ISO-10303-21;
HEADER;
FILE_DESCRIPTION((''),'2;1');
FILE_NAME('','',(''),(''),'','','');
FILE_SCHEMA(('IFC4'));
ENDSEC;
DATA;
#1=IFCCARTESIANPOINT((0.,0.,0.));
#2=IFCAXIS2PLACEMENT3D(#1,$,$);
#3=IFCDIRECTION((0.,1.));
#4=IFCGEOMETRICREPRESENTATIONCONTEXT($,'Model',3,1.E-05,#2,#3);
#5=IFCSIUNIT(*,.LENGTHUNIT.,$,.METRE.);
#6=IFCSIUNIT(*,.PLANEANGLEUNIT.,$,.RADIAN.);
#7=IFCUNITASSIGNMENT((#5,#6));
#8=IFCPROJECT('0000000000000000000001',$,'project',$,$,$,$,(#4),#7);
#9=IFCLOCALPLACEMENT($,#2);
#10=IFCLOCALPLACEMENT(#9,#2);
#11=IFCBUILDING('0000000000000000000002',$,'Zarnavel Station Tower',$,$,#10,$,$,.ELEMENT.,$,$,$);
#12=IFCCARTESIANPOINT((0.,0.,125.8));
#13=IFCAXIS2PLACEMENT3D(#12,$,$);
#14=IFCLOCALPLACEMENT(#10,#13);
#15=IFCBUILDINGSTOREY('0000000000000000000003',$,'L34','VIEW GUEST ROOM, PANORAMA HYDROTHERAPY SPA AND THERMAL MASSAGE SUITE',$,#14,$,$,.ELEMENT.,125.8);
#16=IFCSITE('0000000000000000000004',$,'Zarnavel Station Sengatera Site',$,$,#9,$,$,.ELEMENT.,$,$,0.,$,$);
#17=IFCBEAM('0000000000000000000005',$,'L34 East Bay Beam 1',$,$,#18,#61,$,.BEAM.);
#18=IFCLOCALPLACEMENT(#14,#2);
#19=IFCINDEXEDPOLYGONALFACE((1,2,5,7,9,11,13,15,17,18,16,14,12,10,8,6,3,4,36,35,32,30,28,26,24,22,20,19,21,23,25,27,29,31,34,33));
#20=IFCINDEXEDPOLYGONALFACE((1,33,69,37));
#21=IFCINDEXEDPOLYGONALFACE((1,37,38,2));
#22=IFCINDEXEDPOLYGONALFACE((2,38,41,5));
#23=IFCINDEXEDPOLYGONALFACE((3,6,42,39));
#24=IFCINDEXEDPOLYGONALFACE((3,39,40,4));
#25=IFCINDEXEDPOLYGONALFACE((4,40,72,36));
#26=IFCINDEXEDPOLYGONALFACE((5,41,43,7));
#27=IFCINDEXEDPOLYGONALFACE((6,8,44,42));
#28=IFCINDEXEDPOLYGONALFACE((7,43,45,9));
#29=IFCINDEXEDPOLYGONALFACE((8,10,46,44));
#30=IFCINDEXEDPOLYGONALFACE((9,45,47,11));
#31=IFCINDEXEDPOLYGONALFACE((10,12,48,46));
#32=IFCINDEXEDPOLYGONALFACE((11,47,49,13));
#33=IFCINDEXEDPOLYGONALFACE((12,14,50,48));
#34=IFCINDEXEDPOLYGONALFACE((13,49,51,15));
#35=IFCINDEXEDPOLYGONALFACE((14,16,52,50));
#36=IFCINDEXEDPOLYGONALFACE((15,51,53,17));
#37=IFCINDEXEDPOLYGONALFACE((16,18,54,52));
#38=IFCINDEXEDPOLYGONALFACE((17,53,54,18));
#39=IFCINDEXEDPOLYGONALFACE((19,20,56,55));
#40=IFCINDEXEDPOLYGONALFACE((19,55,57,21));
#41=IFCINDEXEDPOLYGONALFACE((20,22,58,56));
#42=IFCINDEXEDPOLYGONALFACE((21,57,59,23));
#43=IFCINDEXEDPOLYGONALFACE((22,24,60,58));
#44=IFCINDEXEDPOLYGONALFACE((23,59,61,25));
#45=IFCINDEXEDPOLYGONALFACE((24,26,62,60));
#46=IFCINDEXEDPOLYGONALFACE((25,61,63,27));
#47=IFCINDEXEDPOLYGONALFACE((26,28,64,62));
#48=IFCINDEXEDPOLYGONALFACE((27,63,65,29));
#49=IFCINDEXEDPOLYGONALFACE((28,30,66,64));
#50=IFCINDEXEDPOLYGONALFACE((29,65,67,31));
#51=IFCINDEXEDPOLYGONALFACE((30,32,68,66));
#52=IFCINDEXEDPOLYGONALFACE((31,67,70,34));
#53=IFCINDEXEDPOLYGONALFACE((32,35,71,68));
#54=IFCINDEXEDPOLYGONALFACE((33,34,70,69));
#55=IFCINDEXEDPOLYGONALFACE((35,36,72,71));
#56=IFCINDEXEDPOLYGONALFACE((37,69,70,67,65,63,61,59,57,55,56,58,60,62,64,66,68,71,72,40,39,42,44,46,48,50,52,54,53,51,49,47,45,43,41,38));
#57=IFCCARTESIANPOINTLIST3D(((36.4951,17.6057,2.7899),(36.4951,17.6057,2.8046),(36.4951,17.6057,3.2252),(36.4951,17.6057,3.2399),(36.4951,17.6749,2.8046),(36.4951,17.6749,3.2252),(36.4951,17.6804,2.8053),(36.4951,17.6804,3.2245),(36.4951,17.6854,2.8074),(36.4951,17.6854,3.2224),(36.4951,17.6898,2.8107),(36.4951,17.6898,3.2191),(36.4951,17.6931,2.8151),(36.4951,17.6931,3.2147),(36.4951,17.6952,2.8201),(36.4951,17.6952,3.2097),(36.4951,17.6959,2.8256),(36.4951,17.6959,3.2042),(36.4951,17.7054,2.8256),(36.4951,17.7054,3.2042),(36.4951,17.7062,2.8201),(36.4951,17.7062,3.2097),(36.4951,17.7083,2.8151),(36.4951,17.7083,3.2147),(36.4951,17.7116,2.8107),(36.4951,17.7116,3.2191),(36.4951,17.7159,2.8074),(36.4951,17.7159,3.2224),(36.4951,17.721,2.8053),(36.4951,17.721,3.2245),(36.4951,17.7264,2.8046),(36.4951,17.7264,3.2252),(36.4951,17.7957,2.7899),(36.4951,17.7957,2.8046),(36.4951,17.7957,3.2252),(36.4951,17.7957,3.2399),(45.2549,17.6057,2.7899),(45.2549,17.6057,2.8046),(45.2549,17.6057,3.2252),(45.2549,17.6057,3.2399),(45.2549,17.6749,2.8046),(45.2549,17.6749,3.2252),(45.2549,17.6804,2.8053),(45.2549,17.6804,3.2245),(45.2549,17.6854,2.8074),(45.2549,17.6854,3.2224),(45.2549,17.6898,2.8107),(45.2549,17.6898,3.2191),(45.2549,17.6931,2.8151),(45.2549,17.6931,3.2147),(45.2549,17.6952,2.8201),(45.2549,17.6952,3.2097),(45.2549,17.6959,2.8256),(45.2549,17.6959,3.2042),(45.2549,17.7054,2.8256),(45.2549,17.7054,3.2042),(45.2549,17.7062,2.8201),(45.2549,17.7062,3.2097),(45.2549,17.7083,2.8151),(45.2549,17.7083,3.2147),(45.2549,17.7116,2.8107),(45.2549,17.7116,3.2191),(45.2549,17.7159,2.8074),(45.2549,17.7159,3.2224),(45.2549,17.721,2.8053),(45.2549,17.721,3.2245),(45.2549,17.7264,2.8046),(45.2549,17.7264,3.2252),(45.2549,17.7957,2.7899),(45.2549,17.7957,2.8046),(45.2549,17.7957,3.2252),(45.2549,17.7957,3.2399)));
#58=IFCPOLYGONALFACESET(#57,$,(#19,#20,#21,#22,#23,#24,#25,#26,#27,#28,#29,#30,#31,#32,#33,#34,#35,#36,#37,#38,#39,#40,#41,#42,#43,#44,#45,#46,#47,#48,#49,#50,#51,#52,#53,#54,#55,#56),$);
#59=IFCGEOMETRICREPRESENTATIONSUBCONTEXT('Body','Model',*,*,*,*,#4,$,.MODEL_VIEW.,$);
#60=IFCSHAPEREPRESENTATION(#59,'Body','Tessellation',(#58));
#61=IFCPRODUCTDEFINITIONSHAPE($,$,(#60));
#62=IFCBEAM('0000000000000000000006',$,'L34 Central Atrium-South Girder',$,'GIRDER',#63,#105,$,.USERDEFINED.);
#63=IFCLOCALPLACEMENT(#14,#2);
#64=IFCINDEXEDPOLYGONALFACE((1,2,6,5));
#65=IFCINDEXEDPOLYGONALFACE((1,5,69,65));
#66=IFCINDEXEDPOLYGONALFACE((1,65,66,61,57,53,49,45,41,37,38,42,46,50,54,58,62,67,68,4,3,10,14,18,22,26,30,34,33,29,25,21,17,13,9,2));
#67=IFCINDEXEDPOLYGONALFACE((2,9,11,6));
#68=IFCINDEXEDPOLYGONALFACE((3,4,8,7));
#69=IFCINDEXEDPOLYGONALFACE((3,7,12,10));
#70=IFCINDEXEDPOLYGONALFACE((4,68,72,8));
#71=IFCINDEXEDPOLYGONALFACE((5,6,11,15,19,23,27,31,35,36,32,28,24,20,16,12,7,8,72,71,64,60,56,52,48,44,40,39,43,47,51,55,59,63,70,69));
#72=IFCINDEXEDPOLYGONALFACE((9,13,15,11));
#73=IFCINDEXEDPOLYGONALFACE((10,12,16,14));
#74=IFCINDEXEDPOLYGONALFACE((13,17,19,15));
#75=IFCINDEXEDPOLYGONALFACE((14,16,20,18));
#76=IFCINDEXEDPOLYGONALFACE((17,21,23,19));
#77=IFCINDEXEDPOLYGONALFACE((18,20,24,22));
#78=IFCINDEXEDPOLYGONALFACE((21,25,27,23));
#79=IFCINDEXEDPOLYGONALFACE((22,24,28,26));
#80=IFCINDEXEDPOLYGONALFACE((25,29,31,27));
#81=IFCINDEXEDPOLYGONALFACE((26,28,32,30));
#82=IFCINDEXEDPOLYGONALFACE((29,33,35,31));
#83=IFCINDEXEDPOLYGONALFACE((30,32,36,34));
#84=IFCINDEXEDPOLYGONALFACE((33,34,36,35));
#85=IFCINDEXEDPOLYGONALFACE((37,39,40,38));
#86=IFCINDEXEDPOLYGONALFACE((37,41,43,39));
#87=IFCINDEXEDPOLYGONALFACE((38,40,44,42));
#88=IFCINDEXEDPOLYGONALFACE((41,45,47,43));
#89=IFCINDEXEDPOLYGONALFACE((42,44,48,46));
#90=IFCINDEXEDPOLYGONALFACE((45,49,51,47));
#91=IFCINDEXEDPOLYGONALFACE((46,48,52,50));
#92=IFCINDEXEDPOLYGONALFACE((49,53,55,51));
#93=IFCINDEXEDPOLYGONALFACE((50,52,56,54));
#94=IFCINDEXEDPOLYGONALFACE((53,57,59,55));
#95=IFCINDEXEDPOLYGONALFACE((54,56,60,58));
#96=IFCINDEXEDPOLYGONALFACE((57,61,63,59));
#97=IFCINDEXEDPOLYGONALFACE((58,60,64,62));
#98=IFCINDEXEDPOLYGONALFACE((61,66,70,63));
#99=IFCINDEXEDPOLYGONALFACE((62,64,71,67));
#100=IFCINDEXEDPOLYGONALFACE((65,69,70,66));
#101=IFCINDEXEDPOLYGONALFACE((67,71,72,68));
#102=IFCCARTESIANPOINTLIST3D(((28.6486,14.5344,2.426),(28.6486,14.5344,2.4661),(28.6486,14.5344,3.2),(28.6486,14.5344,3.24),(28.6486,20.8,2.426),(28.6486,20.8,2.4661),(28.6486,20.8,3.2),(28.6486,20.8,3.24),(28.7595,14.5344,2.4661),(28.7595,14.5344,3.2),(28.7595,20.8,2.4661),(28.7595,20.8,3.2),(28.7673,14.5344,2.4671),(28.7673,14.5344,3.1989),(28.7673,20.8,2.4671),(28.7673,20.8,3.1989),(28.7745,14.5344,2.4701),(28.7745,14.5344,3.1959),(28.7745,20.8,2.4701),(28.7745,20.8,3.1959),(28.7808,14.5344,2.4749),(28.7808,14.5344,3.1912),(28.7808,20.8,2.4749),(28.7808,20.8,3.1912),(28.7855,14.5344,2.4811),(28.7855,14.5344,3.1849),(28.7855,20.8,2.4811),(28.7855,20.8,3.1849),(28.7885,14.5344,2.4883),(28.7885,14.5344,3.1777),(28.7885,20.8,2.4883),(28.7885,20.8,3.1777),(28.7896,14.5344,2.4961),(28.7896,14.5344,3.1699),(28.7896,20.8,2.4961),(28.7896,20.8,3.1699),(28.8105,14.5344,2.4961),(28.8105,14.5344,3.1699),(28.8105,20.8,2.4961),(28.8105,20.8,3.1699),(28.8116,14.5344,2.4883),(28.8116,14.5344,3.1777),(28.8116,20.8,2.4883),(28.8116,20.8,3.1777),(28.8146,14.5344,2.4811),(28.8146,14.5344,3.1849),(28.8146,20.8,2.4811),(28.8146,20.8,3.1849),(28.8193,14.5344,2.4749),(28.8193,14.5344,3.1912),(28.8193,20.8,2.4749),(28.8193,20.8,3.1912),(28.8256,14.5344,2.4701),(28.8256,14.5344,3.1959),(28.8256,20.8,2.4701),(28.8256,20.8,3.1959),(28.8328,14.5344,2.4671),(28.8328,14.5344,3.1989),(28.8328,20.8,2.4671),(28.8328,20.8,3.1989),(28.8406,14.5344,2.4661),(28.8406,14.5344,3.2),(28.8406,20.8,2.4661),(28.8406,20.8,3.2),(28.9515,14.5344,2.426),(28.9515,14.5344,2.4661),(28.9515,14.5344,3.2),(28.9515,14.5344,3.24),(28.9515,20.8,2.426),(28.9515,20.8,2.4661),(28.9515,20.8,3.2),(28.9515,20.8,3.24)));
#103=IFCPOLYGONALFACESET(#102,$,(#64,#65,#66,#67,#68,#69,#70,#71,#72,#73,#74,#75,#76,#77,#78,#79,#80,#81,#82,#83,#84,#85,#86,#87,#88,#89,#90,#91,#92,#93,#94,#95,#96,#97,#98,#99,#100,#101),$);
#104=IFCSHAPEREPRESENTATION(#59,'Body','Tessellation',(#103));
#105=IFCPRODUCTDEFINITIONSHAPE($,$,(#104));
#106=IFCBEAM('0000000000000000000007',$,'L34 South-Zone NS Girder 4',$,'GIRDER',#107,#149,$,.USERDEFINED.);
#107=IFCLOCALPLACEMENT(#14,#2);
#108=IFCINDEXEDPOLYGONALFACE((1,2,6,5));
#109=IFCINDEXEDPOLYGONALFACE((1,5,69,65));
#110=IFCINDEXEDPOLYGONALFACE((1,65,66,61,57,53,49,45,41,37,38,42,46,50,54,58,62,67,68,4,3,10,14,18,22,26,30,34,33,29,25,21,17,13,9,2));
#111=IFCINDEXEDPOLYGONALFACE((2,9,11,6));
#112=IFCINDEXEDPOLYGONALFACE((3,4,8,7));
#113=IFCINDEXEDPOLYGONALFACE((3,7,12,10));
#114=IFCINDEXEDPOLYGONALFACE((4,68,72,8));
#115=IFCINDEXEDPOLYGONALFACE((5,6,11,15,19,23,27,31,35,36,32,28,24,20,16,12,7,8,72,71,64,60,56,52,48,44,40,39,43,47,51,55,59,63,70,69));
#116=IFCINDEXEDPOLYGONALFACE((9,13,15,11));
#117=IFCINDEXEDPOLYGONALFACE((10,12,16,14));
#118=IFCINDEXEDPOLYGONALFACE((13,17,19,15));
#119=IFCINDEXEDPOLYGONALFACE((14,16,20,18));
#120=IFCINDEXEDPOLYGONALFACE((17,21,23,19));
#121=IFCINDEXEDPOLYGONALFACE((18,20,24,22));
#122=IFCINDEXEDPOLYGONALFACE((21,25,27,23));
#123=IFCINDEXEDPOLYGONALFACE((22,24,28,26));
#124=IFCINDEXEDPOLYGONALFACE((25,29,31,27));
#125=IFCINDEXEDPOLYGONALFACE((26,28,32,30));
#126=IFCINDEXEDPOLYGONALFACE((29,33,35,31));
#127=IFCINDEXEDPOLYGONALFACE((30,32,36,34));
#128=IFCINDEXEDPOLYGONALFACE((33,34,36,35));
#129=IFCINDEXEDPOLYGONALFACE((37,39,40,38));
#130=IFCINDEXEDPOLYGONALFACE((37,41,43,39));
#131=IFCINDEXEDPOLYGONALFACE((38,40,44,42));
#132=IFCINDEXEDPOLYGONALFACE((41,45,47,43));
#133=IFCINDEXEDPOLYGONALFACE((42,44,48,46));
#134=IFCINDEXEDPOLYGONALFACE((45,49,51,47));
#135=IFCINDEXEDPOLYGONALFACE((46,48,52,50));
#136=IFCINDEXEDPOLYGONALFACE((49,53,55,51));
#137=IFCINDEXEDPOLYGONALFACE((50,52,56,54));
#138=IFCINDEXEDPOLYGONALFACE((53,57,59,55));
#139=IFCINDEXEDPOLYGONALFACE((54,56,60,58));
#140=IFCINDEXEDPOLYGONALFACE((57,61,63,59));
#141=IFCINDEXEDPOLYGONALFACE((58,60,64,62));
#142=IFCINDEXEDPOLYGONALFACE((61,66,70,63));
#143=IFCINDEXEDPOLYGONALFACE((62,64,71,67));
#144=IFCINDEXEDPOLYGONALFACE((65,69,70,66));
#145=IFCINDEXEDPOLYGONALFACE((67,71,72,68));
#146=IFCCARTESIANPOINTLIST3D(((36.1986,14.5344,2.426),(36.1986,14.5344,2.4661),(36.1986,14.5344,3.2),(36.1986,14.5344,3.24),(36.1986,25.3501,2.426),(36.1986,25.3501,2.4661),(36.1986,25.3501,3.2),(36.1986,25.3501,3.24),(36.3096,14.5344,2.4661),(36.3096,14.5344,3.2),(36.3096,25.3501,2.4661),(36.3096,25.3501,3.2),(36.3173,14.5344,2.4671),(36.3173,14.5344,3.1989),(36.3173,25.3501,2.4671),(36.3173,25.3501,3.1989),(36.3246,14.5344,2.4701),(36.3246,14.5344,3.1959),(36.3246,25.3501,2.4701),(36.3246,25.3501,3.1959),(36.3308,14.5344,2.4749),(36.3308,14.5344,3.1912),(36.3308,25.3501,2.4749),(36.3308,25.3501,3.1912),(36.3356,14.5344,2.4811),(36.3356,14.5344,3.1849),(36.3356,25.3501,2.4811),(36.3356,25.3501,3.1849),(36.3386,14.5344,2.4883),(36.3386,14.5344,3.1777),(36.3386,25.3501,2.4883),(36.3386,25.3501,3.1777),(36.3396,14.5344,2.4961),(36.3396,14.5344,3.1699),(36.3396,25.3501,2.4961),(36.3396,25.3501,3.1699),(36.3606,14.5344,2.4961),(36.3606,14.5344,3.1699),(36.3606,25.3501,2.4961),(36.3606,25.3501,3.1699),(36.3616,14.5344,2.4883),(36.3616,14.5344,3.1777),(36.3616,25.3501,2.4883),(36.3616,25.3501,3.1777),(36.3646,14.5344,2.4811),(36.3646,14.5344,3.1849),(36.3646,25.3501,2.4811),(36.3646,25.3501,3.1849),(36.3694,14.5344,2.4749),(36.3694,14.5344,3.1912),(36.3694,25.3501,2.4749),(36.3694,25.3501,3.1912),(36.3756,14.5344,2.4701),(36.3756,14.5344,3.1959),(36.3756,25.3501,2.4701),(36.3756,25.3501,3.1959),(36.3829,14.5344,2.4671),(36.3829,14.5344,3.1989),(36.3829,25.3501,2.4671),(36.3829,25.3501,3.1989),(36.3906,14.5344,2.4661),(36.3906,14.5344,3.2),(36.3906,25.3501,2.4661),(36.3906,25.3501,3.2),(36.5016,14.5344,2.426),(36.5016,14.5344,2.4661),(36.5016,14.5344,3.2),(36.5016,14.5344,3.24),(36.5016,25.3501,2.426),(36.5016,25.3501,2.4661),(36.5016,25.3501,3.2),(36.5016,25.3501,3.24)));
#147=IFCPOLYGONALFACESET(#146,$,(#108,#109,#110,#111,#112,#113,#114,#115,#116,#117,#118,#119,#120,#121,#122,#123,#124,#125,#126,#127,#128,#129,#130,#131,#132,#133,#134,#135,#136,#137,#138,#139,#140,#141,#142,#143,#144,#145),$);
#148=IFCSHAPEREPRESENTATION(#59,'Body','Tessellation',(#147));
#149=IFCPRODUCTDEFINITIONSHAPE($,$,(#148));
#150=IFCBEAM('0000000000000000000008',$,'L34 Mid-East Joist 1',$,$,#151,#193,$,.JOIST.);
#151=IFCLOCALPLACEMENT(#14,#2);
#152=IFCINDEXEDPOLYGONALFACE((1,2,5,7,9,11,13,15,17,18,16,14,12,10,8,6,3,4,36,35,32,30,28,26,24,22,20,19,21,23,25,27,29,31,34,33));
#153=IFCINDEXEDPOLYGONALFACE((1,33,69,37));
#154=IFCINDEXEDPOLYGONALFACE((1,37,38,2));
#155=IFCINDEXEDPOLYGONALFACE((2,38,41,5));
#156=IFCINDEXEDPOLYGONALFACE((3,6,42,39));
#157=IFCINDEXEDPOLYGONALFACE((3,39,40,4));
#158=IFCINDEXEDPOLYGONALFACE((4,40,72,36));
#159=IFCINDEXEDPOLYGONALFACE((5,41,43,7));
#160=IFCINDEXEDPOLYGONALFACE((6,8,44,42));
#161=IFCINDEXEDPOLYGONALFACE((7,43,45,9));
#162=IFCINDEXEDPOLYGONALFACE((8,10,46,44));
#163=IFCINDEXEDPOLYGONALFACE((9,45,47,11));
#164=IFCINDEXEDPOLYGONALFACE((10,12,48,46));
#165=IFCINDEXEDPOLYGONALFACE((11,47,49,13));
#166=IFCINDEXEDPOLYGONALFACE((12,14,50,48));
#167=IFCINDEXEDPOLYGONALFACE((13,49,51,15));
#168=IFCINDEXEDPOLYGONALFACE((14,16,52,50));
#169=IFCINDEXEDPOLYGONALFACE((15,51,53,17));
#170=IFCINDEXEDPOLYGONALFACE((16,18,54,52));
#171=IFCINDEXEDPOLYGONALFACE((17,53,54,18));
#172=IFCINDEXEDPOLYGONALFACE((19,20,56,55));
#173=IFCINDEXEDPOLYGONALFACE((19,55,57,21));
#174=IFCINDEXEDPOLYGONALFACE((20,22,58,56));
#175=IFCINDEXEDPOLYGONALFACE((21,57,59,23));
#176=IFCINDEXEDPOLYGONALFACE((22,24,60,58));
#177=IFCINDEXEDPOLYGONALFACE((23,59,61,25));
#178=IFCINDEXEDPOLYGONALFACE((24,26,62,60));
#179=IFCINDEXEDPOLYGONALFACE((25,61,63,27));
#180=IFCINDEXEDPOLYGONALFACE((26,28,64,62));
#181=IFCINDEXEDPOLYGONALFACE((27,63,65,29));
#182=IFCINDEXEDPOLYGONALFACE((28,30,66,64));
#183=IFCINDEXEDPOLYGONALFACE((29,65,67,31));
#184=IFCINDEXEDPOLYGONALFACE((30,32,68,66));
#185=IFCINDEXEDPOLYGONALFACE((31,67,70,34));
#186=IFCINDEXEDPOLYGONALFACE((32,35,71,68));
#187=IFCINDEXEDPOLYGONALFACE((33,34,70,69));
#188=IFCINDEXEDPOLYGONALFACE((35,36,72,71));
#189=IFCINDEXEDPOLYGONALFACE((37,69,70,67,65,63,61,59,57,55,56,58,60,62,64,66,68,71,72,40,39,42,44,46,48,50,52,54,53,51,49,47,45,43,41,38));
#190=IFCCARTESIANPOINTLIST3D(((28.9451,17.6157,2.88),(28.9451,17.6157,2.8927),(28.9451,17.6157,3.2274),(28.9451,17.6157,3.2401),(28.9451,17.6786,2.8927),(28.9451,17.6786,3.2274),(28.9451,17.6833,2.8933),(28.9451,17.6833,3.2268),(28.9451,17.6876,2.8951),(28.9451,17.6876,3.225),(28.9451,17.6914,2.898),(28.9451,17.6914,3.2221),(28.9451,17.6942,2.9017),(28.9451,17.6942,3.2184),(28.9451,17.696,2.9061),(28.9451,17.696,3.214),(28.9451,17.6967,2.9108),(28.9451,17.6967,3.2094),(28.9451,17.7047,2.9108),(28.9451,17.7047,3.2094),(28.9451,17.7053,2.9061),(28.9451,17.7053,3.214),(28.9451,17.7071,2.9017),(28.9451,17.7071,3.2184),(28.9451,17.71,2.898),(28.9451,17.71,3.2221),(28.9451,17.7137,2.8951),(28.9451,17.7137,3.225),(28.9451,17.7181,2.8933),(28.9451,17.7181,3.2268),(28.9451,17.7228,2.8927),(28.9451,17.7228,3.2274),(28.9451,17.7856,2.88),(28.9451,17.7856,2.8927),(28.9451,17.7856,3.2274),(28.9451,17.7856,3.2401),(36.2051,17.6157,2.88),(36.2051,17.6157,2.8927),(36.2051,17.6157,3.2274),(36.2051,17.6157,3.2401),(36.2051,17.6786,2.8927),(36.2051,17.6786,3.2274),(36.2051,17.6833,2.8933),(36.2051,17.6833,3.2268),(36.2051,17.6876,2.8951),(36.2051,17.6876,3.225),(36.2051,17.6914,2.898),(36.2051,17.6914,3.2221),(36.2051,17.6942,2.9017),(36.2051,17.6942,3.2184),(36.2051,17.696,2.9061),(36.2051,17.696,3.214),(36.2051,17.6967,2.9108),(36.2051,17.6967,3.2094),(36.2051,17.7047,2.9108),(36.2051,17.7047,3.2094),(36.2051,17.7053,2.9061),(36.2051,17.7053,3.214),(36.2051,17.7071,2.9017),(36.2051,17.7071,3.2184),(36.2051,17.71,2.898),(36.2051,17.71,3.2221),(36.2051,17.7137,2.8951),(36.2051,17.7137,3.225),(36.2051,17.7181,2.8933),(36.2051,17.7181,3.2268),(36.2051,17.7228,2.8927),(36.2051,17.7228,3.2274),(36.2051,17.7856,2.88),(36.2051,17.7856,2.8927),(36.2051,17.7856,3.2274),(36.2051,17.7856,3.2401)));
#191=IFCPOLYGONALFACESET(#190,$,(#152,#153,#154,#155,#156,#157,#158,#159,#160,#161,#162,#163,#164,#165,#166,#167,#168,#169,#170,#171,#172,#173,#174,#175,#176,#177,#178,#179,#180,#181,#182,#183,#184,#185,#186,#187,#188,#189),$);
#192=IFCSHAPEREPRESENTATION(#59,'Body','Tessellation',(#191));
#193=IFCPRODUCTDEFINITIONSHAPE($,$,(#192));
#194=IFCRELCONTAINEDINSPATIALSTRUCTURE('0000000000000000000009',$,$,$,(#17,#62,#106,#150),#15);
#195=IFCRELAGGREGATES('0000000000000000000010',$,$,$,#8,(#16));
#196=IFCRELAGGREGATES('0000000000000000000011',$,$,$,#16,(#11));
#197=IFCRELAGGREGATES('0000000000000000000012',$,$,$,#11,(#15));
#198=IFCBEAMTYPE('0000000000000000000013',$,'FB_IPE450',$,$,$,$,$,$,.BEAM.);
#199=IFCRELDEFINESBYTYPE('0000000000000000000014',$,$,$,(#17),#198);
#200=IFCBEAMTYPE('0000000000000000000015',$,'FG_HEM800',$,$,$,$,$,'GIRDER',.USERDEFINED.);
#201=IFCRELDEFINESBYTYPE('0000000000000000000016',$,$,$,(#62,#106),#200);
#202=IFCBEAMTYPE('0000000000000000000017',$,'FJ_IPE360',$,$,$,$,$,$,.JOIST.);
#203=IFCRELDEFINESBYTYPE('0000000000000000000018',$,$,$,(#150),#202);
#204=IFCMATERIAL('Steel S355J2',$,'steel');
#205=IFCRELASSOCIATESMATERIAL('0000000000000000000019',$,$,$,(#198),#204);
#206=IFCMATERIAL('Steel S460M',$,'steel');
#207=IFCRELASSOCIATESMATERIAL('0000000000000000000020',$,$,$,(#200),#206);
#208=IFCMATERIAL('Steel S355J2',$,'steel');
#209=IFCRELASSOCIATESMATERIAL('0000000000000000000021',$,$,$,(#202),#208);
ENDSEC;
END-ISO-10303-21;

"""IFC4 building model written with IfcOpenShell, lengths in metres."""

from ifc_helpers import new_model, si_unit, direction, frame, origin, origin_2d, place, context, subcontext, project, spatial, i_section, extrude, material, material_profile, profile_set, type_object, element, save


model = new_model("IFC4")

# Units and contexts
model_context = context("Model", 3, precision=1e-05, world=origin(), true_north=direction((0.0, 1.0)))
body_context = subcontext(model_context, "Body", "Model", "MODEL_VIEW")
ifc_project = project(units=[si_unit("LENGTHUNIT", "METRE"), si_unit("PLANEANGLEUNIT", "RADIAN")], contexts=[model_context])

# Site, building, storey
site_placement = place(None, origin())
site = spatial("IfcSite", under=ifc_project, at=site_placement, Name="Zarnavel Station Sengatera Site", CompositionType="ELEMENT", RefElevation=0.0)
building_placement = place(site_placement, origin())
building = spatial("IfcBuilding", under=site, at=building_placement, Name="Zarnavel Station Tower", CompositionType="ELEMENT")
storey_placement = place(building_placement, frame((0.0, 0.0, 125.8)))
storey = spatial("IfcBuildingStorey", under=building, at=storey_placement, Name="L34", Description="VIEW GUEST ROOM, PANORAMA HYDROTHERAPY SPA AND THERMAL MASSAGE SUITE", CompositionType="ELEMENT", Elevation=125.8)

# Beams
ifc_material_1 = material(Name="Steel S355J2", Category="steel")
ifc_material_profile_1 = material_profile(ifc_material_1, i_section(OverallWidth=0.1899, OverallDepth=0.45, WebThickness=0.0095, FlangeThickness=0.0146, FilletRadius=0.021, at=origin_2d()), Name="IPE450")
ifc_profile_set_1 = profile_set([ifc_material_profile_1], Name="Steel S355J2")
beam_type_1 = type_object("IfcBeamType", Name="FB_IPE450", PredefinedType="BEAM", material=ifc_profile_set_1)
beam_1_placement = place(storey_placement, frame((36.4951, 17.7007, 3.0149), z_axis=(1.0, 0.0, 0.0), x_axis=(0.0, 1.0, 0.0)))
element("IfcBeam", 1, at=beam_1_placement, inside=storey, type_object=beam_type_1, Name="L34 East Bay Beam 1", PredefinedType="BEAM", context=body_context, shape_type="SweptSolid", body=[
    extrude(i_section(OverallWidth=0.1899, OverallDepth=0.45, WebThickness=0.0095, FlangeThickness=0.0146, FilletRadius=0.021, at=origin_2d()), origin(), (0.0, 0.0, 1.0), 8.7598),
])
ifc_material_2 = material(Name="Steel S460M", Category="steel")
ifc_material_profile_2 = material_profile(ifc_material_2, i_section(OverallWidth=0.303, OverallDepth=0.814, WebThickness=0.021, FlangeThickness=0.04, FilletRadius=0.03, at=origin_2d()), Name="HEM800")
ifc_profile_set_2 = profile_set([ifc_material_profile_2], Name="Steel S460M")
beam_type_2 = type_object("IfcBeamType", Name="FG_HEM800", ElementType="GIRDER", PredefinedType="USERDEFINED", material=ifc_profile_set_2)
beam_2_placement = place(storey_placement, frame((28.8, 14.5344, 2.833), z_axis=(0.0, 1.0, 0.0), x_axis=(-1.0, 0.0, 0.0)))
element("IfcBeam", 2, at=beam_2_placement, inside=storey, type_object=beam_type_2, Name="L34 Central Atrium-South Girder", ObjectType="GIRDER", PredefinedType="USERDEFINED", context=body_context, shape_type="SweptSolid", body=[
    extrude(i_section(OverallWidth=0.303, OverallDepth=0.814, WebThickness=0.021, FlangeThickness=0.04, FilletRadius=0.03, at=origin_2d()), origin(), (0.0, 0.0, 1.0), 6.2656),
])
beam_3_placement = place(storey_placement, frame((36.3501, 14.5344, 2.833), z_axis=(0.0, 1.0, 0.0), x_axis=(-1.0, 0.0, 0.0)))
element("IfcBeam", 3, at=beam_3_placement, inside=storey, type_object=beam_type_2, Name="L34 South-Zone NS Girder 4", ObjectType="GIRDER", PredefinedType="USERDEFINED", context=body_context, shape_type="SweptSolid", body=[
    extrude(i_section(OverallWidth=0.303, OverallDepth=0.814, WebThickness=0.021, FlangeThickness=0.04, FilletRadius=0.03, at=origin_2d()), origin(), (0.0, 0.0, 1.0), 10.8157),
])
ifc_material_3 = material(Name="Steel S355J2", Category="steel")
ifc_material_profile_3 = material_profile(ifc_material_3, i_section(OverallWidth=0.1699, OverallDepth=0.3601, WebThickness=0.0081, FlangeThickness=0.0127, FilletRadius=0.0181, at=origin_2d()), Name="IPE360")
ifc_profile_set_3 = profile_set([ifc_material_profile_3], Name="Steel S355J2")
beam_type_3 = type_object("IfcBeamType", Name="FJ_IPE360", PredefinedType="JOIST", material=ifc_profile_set_3)
beam_4_placement = place(storey_placement, frame((28.9451, 17.7007, 3.0601), z_axis=(1.0, 0.0, 0.0), x_axis=(0.0, 1.0, 0.0)))
element("IfcBeam", 4, at=beam_4_placement, inside=storey, type_object=beam_type_3, Name="L34 Mid-East Joist 1", PredefinedType="JOIST", context=body_context, shape_type="SweptSolid", body=[
    extrude(i_section(OverallWidth=0.1699, OverallDepth=0.3601, WebThickness=0.0081, FlangeThickness=0.0127, FilletRadius=0.0181, at=origin_2d()), origin(), (0.0, 0.0, 1.0), 7.26),
])

save(model, "model.ifc")
